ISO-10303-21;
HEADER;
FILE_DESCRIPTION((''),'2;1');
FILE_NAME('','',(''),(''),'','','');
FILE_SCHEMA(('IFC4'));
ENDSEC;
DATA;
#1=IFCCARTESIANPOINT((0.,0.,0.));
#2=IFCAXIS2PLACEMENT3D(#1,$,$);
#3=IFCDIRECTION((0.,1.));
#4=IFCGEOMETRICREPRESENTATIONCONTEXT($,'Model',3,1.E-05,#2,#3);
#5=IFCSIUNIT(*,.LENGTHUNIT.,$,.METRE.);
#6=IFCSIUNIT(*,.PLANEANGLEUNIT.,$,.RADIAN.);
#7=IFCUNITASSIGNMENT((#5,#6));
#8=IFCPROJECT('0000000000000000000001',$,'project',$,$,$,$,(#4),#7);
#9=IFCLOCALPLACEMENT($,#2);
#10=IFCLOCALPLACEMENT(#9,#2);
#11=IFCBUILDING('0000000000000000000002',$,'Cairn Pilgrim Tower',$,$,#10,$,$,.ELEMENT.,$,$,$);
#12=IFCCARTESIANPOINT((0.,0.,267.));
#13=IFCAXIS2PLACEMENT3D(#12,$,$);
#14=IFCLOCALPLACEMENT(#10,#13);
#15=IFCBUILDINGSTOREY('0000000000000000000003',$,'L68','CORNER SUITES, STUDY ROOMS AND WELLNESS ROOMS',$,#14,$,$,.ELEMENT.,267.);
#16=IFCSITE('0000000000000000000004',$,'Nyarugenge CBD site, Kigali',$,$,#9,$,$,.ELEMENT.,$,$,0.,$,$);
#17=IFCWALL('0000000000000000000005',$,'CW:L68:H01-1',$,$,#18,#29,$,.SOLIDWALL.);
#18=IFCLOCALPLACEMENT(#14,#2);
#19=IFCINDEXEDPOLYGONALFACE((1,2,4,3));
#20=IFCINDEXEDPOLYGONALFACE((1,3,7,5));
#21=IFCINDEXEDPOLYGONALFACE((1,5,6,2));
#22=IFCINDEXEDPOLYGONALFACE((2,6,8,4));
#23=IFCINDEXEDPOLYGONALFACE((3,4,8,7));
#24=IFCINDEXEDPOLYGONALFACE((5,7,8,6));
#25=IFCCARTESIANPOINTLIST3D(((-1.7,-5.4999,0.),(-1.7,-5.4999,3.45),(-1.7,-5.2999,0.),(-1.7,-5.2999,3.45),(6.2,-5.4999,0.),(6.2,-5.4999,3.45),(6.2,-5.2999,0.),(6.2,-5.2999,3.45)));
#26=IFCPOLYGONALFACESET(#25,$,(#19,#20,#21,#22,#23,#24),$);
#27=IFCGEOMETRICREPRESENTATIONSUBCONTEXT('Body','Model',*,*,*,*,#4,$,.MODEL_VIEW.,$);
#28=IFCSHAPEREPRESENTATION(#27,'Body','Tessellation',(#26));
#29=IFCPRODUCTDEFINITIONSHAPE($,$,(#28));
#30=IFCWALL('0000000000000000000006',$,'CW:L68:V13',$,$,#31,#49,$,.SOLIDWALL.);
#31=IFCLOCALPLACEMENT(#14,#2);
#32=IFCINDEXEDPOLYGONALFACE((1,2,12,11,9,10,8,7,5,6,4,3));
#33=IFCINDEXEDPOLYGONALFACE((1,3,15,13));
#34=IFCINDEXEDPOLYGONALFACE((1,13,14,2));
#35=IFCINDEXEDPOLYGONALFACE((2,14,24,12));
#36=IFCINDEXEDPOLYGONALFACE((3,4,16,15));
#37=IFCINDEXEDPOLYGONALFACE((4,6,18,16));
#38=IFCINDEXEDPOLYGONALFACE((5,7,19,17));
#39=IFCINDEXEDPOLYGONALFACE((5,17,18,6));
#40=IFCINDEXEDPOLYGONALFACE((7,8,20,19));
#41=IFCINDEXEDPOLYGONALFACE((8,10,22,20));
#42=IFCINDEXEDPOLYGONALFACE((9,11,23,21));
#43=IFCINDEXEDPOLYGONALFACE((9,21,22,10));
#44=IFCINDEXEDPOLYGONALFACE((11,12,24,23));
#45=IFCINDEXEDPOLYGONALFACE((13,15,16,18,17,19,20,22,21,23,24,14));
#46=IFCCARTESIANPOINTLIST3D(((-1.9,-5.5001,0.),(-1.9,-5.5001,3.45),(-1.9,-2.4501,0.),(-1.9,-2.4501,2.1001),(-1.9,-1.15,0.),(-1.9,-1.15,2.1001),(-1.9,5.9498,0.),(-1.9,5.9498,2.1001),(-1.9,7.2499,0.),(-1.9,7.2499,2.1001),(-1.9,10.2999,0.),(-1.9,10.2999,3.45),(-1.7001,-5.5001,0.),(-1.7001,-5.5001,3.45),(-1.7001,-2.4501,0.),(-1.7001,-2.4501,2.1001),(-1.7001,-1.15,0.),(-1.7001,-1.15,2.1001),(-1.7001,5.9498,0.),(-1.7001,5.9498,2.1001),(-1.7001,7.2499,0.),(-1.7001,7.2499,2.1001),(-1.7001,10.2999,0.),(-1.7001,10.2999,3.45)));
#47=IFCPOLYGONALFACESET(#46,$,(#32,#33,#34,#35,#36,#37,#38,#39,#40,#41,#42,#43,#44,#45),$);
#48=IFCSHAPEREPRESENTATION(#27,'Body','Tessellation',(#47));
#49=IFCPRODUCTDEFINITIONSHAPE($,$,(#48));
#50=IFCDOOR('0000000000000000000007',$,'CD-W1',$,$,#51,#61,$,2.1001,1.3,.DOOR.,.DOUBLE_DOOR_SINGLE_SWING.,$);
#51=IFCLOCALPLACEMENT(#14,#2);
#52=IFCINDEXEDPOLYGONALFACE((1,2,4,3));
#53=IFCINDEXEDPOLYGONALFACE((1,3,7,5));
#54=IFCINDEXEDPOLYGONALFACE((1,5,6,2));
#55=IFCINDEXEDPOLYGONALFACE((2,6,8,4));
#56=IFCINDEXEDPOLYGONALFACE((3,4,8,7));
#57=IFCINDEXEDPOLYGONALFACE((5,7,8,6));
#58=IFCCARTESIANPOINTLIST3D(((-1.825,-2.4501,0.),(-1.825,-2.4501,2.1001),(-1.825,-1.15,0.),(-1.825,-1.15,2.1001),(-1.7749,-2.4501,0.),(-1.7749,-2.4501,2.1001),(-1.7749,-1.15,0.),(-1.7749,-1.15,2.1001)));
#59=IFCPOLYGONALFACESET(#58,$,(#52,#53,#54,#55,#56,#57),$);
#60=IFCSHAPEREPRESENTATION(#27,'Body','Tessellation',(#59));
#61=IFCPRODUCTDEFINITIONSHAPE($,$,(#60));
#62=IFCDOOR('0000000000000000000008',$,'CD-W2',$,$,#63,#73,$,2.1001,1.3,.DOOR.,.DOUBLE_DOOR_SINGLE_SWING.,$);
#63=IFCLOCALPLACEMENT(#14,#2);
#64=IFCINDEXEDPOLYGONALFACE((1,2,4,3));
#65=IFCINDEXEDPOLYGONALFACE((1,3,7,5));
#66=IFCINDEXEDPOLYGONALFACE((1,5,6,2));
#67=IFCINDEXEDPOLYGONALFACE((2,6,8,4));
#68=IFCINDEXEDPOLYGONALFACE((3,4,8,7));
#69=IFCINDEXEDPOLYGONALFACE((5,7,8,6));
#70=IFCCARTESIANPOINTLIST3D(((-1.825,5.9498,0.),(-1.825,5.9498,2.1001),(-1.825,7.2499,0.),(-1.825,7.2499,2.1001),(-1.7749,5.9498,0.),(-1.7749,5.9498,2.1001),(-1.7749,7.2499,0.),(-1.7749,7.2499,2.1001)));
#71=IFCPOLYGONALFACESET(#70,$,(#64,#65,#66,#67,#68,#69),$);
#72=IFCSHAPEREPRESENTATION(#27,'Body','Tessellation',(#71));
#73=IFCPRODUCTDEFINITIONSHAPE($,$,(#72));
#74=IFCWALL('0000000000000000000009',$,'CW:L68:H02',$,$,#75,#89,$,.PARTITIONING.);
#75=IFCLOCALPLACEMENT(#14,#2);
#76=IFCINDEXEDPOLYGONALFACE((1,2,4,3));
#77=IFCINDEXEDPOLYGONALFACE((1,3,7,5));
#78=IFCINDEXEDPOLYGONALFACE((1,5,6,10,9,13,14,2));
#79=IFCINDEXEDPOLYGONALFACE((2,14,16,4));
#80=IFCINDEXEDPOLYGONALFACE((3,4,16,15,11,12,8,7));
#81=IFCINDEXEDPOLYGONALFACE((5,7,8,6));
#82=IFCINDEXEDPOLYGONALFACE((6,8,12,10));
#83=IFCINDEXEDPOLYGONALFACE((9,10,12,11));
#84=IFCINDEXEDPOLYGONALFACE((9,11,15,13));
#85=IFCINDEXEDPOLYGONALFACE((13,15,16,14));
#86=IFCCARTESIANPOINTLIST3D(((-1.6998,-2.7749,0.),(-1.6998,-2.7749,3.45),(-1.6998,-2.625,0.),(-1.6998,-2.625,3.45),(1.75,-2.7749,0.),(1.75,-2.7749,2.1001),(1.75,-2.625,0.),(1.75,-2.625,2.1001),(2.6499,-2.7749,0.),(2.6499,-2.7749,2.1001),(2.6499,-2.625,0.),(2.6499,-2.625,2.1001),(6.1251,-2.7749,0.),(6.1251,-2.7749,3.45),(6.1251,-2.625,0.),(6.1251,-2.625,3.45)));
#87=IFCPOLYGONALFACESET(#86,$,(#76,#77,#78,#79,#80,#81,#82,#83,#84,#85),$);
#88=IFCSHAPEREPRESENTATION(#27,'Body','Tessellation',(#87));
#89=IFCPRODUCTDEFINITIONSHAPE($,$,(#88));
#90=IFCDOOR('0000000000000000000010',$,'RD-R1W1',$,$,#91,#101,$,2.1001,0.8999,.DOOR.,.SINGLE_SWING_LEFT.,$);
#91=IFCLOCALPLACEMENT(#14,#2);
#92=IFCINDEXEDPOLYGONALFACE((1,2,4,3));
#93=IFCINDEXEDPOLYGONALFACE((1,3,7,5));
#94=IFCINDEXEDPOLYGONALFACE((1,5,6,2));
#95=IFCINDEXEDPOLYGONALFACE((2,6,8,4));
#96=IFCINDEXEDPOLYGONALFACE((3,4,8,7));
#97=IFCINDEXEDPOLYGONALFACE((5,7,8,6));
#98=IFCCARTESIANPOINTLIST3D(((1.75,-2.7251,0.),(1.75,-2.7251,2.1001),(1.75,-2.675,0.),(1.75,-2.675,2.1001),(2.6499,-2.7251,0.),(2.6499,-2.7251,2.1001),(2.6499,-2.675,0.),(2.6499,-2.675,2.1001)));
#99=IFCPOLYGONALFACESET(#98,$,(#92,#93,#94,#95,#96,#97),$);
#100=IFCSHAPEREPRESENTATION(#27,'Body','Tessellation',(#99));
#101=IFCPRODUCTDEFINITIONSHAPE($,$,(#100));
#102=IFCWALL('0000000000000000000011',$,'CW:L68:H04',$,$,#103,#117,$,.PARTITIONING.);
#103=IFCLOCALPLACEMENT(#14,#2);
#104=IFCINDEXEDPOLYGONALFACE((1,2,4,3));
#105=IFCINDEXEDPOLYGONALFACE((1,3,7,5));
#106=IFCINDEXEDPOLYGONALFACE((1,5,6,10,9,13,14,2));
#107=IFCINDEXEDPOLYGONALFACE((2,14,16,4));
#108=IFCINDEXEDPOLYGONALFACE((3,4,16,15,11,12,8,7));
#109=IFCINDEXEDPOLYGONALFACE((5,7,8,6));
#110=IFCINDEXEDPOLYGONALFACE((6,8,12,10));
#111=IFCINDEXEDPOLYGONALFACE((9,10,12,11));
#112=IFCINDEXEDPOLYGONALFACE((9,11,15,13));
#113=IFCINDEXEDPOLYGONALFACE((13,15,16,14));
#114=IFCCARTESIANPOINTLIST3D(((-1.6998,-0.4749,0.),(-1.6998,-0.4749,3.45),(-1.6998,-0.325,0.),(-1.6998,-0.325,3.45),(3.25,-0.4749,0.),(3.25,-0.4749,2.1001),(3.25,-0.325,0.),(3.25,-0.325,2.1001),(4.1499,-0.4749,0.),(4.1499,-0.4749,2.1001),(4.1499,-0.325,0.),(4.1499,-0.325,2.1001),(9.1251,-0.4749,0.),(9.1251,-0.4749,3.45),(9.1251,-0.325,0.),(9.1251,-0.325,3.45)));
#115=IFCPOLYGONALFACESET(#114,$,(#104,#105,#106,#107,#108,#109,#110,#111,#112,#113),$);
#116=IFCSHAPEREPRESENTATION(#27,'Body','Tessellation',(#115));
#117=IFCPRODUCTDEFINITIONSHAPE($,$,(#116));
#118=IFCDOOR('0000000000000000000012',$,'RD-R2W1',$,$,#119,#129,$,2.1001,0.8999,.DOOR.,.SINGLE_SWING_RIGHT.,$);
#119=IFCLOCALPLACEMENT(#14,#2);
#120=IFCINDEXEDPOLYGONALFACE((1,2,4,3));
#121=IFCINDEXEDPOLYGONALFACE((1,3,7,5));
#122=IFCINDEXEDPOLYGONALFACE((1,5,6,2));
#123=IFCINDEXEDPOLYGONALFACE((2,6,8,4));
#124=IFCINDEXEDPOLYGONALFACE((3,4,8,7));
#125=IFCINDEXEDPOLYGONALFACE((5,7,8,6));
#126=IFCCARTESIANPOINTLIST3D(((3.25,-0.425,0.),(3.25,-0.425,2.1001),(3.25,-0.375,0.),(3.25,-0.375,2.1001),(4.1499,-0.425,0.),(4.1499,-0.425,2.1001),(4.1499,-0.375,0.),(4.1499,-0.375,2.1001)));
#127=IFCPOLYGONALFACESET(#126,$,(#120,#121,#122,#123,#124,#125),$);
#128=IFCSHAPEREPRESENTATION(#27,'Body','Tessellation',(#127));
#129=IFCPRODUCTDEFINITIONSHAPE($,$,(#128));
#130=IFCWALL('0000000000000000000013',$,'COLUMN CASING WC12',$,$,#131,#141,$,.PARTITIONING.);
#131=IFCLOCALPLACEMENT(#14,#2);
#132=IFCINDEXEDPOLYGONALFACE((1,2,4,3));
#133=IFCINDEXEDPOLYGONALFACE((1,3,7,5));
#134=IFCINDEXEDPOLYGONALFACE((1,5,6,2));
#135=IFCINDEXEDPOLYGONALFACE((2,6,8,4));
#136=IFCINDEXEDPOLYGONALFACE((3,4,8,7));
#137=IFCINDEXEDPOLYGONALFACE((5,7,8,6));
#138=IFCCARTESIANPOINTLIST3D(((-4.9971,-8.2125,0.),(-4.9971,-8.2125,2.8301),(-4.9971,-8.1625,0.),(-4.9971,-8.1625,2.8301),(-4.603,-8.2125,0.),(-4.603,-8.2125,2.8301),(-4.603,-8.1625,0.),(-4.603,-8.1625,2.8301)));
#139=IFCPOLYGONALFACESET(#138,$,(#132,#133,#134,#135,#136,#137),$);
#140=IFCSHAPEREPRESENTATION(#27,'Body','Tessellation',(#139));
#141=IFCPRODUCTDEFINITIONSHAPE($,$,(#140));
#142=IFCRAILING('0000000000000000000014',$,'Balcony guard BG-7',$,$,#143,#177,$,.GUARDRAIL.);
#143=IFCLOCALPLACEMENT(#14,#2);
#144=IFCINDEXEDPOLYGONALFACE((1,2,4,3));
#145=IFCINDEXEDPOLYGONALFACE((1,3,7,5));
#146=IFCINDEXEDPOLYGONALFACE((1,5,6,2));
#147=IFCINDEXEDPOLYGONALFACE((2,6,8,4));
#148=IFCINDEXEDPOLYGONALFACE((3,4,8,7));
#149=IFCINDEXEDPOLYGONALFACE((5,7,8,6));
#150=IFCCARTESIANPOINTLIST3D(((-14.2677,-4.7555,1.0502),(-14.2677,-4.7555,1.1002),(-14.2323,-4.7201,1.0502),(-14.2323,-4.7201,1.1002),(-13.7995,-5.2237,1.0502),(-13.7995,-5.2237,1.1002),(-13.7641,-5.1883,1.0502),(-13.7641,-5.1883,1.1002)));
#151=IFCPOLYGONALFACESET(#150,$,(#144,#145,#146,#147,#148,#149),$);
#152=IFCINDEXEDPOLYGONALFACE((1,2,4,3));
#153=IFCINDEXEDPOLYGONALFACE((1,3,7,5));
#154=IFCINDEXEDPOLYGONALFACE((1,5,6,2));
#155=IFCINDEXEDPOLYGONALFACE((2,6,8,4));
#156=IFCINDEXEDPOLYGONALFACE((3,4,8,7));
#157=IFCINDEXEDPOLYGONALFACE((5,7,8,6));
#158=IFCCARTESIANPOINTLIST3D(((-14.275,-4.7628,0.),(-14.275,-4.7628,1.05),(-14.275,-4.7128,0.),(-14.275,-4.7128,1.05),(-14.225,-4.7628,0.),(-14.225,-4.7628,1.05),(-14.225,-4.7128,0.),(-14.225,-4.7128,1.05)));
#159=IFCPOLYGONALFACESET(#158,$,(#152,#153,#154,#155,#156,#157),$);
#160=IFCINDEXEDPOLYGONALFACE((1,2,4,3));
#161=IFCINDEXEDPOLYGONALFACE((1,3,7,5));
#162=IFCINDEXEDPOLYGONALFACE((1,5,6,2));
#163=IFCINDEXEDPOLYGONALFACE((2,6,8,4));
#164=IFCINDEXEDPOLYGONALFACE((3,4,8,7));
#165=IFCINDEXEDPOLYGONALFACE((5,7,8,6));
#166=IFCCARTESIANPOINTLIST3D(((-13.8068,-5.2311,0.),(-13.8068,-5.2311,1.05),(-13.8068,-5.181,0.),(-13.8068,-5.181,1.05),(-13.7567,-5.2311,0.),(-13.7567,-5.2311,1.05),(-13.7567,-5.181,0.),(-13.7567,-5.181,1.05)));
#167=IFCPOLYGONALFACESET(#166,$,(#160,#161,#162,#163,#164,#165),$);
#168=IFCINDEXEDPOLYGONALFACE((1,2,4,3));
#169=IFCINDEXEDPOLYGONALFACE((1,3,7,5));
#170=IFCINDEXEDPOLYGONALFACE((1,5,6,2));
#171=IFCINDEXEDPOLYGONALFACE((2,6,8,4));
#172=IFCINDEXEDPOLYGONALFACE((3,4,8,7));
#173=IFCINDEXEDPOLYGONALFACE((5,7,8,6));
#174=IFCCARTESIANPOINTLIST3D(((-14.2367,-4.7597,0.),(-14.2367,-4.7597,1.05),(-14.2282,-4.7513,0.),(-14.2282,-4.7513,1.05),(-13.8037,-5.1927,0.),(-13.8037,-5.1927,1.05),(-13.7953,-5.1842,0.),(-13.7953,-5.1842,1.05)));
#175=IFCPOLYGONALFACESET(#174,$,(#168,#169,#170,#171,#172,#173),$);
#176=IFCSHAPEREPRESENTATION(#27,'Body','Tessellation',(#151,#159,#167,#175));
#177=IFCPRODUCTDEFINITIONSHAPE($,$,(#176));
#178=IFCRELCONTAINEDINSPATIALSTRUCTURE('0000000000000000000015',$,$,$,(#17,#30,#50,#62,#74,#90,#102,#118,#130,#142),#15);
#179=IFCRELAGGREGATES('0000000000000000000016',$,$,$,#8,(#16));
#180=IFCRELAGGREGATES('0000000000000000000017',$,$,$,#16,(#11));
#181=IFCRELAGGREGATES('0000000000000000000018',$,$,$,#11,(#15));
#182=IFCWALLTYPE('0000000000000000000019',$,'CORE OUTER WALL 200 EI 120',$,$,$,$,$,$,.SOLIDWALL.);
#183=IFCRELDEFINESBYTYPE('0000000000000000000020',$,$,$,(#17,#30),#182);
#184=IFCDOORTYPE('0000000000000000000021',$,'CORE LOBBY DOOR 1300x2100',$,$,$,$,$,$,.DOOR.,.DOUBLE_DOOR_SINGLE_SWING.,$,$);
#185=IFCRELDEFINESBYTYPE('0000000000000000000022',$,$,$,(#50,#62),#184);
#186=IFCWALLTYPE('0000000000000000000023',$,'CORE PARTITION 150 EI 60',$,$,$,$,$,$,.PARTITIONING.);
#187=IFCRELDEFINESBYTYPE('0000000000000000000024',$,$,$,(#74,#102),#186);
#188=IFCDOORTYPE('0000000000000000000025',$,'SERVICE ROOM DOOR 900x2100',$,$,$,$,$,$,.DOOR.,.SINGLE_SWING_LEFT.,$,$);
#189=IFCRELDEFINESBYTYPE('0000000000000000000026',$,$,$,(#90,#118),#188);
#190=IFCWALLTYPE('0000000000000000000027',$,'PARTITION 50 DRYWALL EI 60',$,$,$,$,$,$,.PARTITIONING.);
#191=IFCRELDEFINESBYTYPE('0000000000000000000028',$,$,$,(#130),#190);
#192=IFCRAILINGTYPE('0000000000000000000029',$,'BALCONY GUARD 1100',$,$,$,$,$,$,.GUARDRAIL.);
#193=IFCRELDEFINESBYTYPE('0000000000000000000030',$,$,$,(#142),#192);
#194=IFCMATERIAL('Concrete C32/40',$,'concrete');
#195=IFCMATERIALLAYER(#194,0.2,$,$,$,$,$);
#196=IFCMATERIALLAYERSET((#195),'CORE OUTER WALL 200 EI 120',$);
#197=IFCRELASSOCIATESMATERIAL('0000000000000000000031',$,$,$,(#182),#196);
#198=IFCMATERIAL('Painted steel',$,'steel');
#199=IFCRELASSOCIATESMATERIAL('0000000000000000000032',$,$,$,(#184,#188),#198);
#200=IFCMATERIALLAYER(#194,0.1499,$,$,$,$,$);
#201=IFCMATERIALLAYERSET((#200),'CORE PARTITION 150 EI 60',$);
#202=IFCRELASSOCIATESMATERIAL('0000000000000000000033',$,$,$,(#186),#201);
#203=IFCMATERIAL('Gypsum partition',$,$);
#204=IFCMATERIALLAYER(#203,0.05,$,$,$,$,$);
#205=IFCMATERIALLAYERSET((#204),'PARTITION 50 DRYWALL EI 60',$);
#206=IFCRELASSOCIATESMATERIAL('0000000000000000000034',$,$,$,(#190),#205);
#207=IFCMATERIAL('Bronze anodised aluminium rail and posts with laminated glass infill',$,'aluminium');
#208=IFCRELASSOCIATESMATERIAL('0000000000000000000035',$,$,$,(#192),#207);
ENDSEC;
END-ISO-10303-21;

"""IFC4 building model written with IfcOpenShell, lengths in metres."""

from ifc_helpers import new_model, si_unit, direction, frame, frame_2d, origin, origin_2d, place, context, subcontext, project, spatial, polyline, rectangle, outline, extrude, material, layer, layer_set, type_object, element, fill, save


model = new_model("IFC4")

# Units and contexts
model_context = context("Model", 3, precision=1e-05, world=origin(), true_north=direction((0.0, 1.0)))
body_context = subcontext(model_context, "Body", "Model", "MODEL_VIEW")
ifc_project = project(units=[si_unit("LENGTHUNIT", "METRE"), si_unit("PLANEANGLEUNIT", "RADIAN")], contexts=[model_context])

# Site, building, storey
site_placement = place(None, origin())
site = spatial("IfcSite", under=ifc_project, at=site_placement, Name="Nyarugenge CBD site, Kigali", CompositionType="ELEMENT", RefElevation=0.0)
building_placement = place(site_placement, origin())
building = spatial("IfcBuilding", under=site, at=building_placement, Name="Cairn Pilgrim Tower", CompositionType="ELEMENT")
storey_placement = place(building_placement, frame((0.0, 0.0, 267.0)))
storey = spatial("IfcBuildingStorey", under=building, at=storey_placement, Name="L68", Description="CORNER SUITES, STUDY ROOMS AND WELLNESS ROOMS", CompositionType="ELEMENT", Elevation=267.0)

# Wall
ifc_material_1 = material(Name="Concrete C32/40", Category="concrete")
ifc_layer_1 = layer(ifc_material_1, 0.2)
ifc_layer_set_1 = layer_set([ifc_layer_1], Name="CORE OUTER WALL 200 EI 120")
wall_type_1 = type_object("IfcWallType", Name="CORE OUTER WALL 200 EI 120", PredefinedType="SOLIDWALL", material=ifc_layer_set_1)
wall_1_placement = place(storey_placement, frame((-1.7, -5.3999, 0.0), z_axis=(0.0, 0.0, 1.0), x_axis=(1.0, 0.0, 0.0)))
element("IfcWall", 1, at=wall_1_placement, inside=storey, type_object=wall_type_1, Name="CW:L68:H01-1", PredefinedType="SOLIDWALL", context=body_context, shape_type="SweptSolid", body=[
    extrude(rectangle(XDim=7.8999, YDim=0.2, at=frame_2d((3.95, 0.0))), origin(), (0.0, 0.0, 1.0), 3.45),
])

# Wall, openings, doors
wall_2_placement = place(storey_placement, frame((-1.8, -5.5, 0.0), z_axis=(0.0, 0.0, 1.0), x_axis=(0.0, 1.0, 0.0)))
wall_2 = element("IfcWall", 2, at=wall_2_placement, inside=storey, type_object=wall_type_1, Name="CW:L68:V13", PredefinedType="SOLIDWALL", context=body_context, shape_type="SweptSolid", body=[
    extrude(rectangle(XDim=15.8, YDim=0.2, at=frame_2d((7.8999, 0.0))), origin(), (0.0, 0.0, 1.0), 3.45),
])
opening_1_placement = place(wall_2_placement, frame((3.05, 0.0, 0.0)))
opening_1 = element("IfcOpeningElement", 3, at=opening_1_placement, cuts=wall_2, PredefinedType="OPENING", context=body_context, shape_type="SweptSolid", body=[
    extrude(rectangle(XDim=1.3, YDim=2.1001, at=frame_2d((0.6499, 1.05))), frame((0.0, 0.1099, 0.0), z_axis=(0.0, -1.0, 0.0), x_axis=(1.0, 0.0, 0.0)), (0.0, 0.0, 1.0), 0.22),
])
opening_2_placement = place(wall_2_placement, frame((11.45, 0.0, 0.0)))
opening_2 = element("IfcOpeningElement", 4, at=opening_2_placement, cuts=wall_2, PredefinedType="OPENING", context=body_context, shape_type="SweptSolid", body=[
    extrude(rectangle(XDim=1.3, YDim=2.1001, at=frame_2d((0.6499, 1.05))), frame((0.0, 0.1099, 0.0), z_axis=(0.0, -1.0, 0.0), x_axis=(1.0, 0.0, 0.0)), (0.0, 0.0, 1.0), 0.22),
])
ifc_material_2 = material(Name="Painted steel", Category="steel")
door_type_1 = type_object("IfcDoorType", Name="CORE LOBBY DOOR 1300x2100", OperationType="DOUBLE_DOOR_SINGLE_SWING", PredefinedType="DOOR", material=ifc_material_2)
door_1_placement = place(opening_1_placement, origin())
door_1 = element("IfcDoor", 5, at=door_1_placement, inside=storey, type_object=door_type_1, Name="CD-W1", OperationType="DOUBLE_DOOR_SINGLE_SWING", OverallHeight=2.1001, OverallWidth=1.3, PredefinedType="DOOR", context=body_context, shape_type="SweptSolid", body=[
    extrude(rectangle(XDim=1.3, YDim=2.1001, at=frame_2d((0.6499, 1.05))), frame((0.0, 0.0249, 0.0), z_axis=(0.0, -1.0, 0.0), x_axis=(1.0, 0.0, 0.0)), (0.0, 0.0, 1.0), 0.05),
])
fill(opening_1, door_1)
door_2_placement = place(opening_2_placement, origin())
door_2 = element("IfcDoor", 6, at=door_2_placement, inside=storey, type_object=door_type_1, Name="CD-W2", OperationType="DOUBLE_DOOR_SINGLE_SWING", OverallHeight=2.1001, OverallWidth=1.3, PredefinedType="DOOR", context=body_context, shape_type="SweptSolid", body=[
    extrude(rectangle(XDim=1.3, YDim=2.1001, at=frame_2d((0.6499, 1.05))), frame((0.0, 0.0249, 0.0), z_axis=(0.0, -1.0, 0.0), x_axis=(1.0, 0.0, 0.0)), (0.0, 0.0, 1.0), 0.05),
])
fill(opening_2, door_2)

# Walls, openings, doors
ifc_layer_2 = layer(ifc_material_1, 0.1499)
ifc_layer_set_2 = layer_set([ifc_layer_2], Name="CORE PARTITION 150 EI 60")
wall_type_2 = type_object("IfcWallType", Name="CORE PARTITION 150 EI 60", PredefinedType="PARTITIONING", material=ifc_layer_set_2)
wall_3_placement = place(storey_placement, frame((-1.7, -2.7, 0.0), z_axis=(0.0, 0.0, 1.0), x_axis=(1.0, 0.0, 0.0)))
wall_3 = element("IfcWall", 7, at=wall_3_placement, inside=storey, type_object=wall_type_2, Name="CW:L68:H02", PredefinedType="PARTITIONING", context=body_context, shape_type="SweptSolid", body=[
    extrude(rectangle(XDim=7.825, YDim=0.1499, at=frame_2d((3.9126, 0.0))), origin(), (0.0, 0.0, 1.0), 3.45),
])
opening_3_placement = place(wall_3_placement, frame((3.45, 0.0, 0.0)))
opening_3 = element("IfcOpeningElement", 8, at=opening_3_placement, cuts=wall_3, PredefinedType="OPENING", context=body_context, shape_type="SweptSolid", body=[
    extrude(rectangle(XDim=0.8999, YDim=2.1001, at=frame_2d((0.45, 1.05))), frame((0.0, 0.085, 0.0), z_axis=(0.0, -1.0, 0.0), x_axis=(1.0, 0.0, 0.0)), (0.0, 0.0, 1.0), 0.1699),
])
door_type_2 = type_object("IfcDoorType", Name="SERVICE ROOM DOOR 900x2100", OperationType="SINGLE_SWING_LEFT", PredefinedType="DOOR", material=ifc_material_2)
door_3_placement = place(opening_3_placement, origin())
door_3 = element("IfcDoor", 9, at=door_3_placement, inside=storey, type_object=door_type_2, Name="RD-R1W1", OperationType="SINGLE_SWING_LEFT", OverallHeight=2.1001, OverallWidth=0.8999, PredefinedType="DOOR", context=body_context, shape_type="SweptSolid", body=[
    extrude(rectangle(XDim=0.8999, YDim=2.1001, at=frame_2d((0.45, 1.05))), frame((0.0, 0.0249, 0.0), z_axis=(0.0, -1.0, 0.0), x_axis=(1.0, 0.0, 0.0)), (0.0, 0.0, 1.0), 0.05),
])
fill(opening_3, door_3)
wall_4_placement = place(storey_placement, frame((-1.7, -0.3999, 0.0), z_axis=(0.0, 0.0, 1.0), x_axis=(1.0, 0.0, 0.0)))
wall_4 = element("IfcWall", 10, at=wall_4_placement, inside=storey, type_object=wall_type_2, Name="CW:L68:H04", PredefinedType="PARTITIONING", context=body_context, shape_type="SweptSolid", body=[
    extrude(rectangle(XDim=10.825, YDim=0.1499, at=frame_2d((5.4126, 0.0))), origin(), (0.0, 0.0, 1.0), 3.45),
])
opening_4_placement = place(wall_4_placement, frame((4.95, 0.0, 0.0)))
opening_4 = element("IfcOpeningElement", 11, at=opening_4_placement, cuts=wall_4, PredefinedType="OPENING", context=body_context, shape_type="SweptSolid", body=[
    extrude(rectangle(XDim=0.8999, YDim=2.1001, at=frame_2d((0.45, 1.05))), frame((0.0, 0.085, 0.0), z_axis=(0.0, -1.0, 0.0), x_axis=(1.0, 0.0, 0.0)), (0.0, 0.0, 1.0), 0.1699),
])
door_4_placement = place(opening_4_placement, origin())
door_4 = element("IfcDoor", 12, at=door_4_placement, inside=storey, type_object=door_type_2, Name="RD-R2W1", OperationType="SINGLE_SWING_RIGHT", OverallHeight=2.1001, OverallWidth=0.8999, PredefinedType="DOOR", context=body_context, shape_type="SweptSolid", body=[
    extrude(rectangle(XDim=0.8999, YDim=2.1001, at=frame_2d((0.45, 1.05))), frame((0.0, 0.0249, 0.0), z_axis=(0.0, -1.0, 0.0), x_axis=(1.0, 0.0, 0.0)), (0.0, 0.0, 1.0), 0.05),
])
fill(opening_4, door_4)

# Wall
ifc_material_3 = material(Name="Gypsum partition")
ifc_layer_3 = layer(ifc_material_3, 0.05)
ifc_layer_set_3 = layer_set([ifc_layer_3], Name="PARTITION 50 DRYWALL EI 60")
wall_type_3 = type_object("IfcWallType", Name="PARTITION 50 DRYWALL EI 60", PredefinedType="PARTITIONING", material=ifc_layer_set_3)
wall_5_placement = place(storey_placement, frame((-4.9971, -8.1875, 0.0), z_axis=(0.0, 0.0, 1.0), x_axis=(1.0, 0.0, 0.0)))
element("IfcWall", 13, at=wall_5_placement, inside=storey, type_object=wall_type_3, Name="COLUMN CASING WC12", PredefinedType="PARTITIONING", context=body_context, shape_type="SweptSolid", body=[
    extrude(rectangle(XDim=0.394, YDim=0.05, at=frame_2d((0.197, 0.0))), origin(), (0.0, 0.0, 1.0), 2.8301),
])

# Railing
ifc_material_4 = material(Name="Bronze anodised aluminium rail and posts with laminated glass infill", Category="aluminium")
railing_type = type_object("IfcRailingType", Name="BALCONY GUARD 1100", PredefinedType="GUARDRAIL", material=ifc_material_4)
railing_1_placement = place(storey_placement, frame((-14.25, -4.7378, 0.0)))
element("IfcRailing", 14, at=railing_1_placement, inside=storey, type_object=railing_type, Name="Balcony guard BG-7", PredefinedType="GUARDRAIL", context=body_context, shape_type="SweptSolid", body=[
    extrude(rectangle(XDim=0.05, YDim=0.05, at=origin_2d()), frame((0.0, 0.0, 1.0752), z_axis=(0.707107, -0.707107, 0.0), x_axis=(0.707107, 0.707107, 0.0)), (0.0, 0.0, 1.0), 0.6621),
    extrude(rectangle(XDim=0.05, YDim=0.05, at=origin_2d()), origin(), (0.0, 0.0, 1.0), 1.05),
    extrude(rectangle(XDim=0.05, YDim=0.05, at=origin_2d()), frame((0.4683, -0.4683, 0.0)), (0.0, 0.0, 1.0), 1.05),
    extrude(outline(polyline([(0.0249, 0.0), (0.6372, 0.0), (0.6372, 1.05), (0.0249, 1.05), (0.0249, 0.0)])), frame((0.0042, 0.0042, 0.0), z_axis=(-0.707107, -0.707107, 0.0), x_axis=(0.707107, -0.707107, 0.0)), (0.0, 0.0, 1.0), 0.012),
])

save(model, "model.ifc")
